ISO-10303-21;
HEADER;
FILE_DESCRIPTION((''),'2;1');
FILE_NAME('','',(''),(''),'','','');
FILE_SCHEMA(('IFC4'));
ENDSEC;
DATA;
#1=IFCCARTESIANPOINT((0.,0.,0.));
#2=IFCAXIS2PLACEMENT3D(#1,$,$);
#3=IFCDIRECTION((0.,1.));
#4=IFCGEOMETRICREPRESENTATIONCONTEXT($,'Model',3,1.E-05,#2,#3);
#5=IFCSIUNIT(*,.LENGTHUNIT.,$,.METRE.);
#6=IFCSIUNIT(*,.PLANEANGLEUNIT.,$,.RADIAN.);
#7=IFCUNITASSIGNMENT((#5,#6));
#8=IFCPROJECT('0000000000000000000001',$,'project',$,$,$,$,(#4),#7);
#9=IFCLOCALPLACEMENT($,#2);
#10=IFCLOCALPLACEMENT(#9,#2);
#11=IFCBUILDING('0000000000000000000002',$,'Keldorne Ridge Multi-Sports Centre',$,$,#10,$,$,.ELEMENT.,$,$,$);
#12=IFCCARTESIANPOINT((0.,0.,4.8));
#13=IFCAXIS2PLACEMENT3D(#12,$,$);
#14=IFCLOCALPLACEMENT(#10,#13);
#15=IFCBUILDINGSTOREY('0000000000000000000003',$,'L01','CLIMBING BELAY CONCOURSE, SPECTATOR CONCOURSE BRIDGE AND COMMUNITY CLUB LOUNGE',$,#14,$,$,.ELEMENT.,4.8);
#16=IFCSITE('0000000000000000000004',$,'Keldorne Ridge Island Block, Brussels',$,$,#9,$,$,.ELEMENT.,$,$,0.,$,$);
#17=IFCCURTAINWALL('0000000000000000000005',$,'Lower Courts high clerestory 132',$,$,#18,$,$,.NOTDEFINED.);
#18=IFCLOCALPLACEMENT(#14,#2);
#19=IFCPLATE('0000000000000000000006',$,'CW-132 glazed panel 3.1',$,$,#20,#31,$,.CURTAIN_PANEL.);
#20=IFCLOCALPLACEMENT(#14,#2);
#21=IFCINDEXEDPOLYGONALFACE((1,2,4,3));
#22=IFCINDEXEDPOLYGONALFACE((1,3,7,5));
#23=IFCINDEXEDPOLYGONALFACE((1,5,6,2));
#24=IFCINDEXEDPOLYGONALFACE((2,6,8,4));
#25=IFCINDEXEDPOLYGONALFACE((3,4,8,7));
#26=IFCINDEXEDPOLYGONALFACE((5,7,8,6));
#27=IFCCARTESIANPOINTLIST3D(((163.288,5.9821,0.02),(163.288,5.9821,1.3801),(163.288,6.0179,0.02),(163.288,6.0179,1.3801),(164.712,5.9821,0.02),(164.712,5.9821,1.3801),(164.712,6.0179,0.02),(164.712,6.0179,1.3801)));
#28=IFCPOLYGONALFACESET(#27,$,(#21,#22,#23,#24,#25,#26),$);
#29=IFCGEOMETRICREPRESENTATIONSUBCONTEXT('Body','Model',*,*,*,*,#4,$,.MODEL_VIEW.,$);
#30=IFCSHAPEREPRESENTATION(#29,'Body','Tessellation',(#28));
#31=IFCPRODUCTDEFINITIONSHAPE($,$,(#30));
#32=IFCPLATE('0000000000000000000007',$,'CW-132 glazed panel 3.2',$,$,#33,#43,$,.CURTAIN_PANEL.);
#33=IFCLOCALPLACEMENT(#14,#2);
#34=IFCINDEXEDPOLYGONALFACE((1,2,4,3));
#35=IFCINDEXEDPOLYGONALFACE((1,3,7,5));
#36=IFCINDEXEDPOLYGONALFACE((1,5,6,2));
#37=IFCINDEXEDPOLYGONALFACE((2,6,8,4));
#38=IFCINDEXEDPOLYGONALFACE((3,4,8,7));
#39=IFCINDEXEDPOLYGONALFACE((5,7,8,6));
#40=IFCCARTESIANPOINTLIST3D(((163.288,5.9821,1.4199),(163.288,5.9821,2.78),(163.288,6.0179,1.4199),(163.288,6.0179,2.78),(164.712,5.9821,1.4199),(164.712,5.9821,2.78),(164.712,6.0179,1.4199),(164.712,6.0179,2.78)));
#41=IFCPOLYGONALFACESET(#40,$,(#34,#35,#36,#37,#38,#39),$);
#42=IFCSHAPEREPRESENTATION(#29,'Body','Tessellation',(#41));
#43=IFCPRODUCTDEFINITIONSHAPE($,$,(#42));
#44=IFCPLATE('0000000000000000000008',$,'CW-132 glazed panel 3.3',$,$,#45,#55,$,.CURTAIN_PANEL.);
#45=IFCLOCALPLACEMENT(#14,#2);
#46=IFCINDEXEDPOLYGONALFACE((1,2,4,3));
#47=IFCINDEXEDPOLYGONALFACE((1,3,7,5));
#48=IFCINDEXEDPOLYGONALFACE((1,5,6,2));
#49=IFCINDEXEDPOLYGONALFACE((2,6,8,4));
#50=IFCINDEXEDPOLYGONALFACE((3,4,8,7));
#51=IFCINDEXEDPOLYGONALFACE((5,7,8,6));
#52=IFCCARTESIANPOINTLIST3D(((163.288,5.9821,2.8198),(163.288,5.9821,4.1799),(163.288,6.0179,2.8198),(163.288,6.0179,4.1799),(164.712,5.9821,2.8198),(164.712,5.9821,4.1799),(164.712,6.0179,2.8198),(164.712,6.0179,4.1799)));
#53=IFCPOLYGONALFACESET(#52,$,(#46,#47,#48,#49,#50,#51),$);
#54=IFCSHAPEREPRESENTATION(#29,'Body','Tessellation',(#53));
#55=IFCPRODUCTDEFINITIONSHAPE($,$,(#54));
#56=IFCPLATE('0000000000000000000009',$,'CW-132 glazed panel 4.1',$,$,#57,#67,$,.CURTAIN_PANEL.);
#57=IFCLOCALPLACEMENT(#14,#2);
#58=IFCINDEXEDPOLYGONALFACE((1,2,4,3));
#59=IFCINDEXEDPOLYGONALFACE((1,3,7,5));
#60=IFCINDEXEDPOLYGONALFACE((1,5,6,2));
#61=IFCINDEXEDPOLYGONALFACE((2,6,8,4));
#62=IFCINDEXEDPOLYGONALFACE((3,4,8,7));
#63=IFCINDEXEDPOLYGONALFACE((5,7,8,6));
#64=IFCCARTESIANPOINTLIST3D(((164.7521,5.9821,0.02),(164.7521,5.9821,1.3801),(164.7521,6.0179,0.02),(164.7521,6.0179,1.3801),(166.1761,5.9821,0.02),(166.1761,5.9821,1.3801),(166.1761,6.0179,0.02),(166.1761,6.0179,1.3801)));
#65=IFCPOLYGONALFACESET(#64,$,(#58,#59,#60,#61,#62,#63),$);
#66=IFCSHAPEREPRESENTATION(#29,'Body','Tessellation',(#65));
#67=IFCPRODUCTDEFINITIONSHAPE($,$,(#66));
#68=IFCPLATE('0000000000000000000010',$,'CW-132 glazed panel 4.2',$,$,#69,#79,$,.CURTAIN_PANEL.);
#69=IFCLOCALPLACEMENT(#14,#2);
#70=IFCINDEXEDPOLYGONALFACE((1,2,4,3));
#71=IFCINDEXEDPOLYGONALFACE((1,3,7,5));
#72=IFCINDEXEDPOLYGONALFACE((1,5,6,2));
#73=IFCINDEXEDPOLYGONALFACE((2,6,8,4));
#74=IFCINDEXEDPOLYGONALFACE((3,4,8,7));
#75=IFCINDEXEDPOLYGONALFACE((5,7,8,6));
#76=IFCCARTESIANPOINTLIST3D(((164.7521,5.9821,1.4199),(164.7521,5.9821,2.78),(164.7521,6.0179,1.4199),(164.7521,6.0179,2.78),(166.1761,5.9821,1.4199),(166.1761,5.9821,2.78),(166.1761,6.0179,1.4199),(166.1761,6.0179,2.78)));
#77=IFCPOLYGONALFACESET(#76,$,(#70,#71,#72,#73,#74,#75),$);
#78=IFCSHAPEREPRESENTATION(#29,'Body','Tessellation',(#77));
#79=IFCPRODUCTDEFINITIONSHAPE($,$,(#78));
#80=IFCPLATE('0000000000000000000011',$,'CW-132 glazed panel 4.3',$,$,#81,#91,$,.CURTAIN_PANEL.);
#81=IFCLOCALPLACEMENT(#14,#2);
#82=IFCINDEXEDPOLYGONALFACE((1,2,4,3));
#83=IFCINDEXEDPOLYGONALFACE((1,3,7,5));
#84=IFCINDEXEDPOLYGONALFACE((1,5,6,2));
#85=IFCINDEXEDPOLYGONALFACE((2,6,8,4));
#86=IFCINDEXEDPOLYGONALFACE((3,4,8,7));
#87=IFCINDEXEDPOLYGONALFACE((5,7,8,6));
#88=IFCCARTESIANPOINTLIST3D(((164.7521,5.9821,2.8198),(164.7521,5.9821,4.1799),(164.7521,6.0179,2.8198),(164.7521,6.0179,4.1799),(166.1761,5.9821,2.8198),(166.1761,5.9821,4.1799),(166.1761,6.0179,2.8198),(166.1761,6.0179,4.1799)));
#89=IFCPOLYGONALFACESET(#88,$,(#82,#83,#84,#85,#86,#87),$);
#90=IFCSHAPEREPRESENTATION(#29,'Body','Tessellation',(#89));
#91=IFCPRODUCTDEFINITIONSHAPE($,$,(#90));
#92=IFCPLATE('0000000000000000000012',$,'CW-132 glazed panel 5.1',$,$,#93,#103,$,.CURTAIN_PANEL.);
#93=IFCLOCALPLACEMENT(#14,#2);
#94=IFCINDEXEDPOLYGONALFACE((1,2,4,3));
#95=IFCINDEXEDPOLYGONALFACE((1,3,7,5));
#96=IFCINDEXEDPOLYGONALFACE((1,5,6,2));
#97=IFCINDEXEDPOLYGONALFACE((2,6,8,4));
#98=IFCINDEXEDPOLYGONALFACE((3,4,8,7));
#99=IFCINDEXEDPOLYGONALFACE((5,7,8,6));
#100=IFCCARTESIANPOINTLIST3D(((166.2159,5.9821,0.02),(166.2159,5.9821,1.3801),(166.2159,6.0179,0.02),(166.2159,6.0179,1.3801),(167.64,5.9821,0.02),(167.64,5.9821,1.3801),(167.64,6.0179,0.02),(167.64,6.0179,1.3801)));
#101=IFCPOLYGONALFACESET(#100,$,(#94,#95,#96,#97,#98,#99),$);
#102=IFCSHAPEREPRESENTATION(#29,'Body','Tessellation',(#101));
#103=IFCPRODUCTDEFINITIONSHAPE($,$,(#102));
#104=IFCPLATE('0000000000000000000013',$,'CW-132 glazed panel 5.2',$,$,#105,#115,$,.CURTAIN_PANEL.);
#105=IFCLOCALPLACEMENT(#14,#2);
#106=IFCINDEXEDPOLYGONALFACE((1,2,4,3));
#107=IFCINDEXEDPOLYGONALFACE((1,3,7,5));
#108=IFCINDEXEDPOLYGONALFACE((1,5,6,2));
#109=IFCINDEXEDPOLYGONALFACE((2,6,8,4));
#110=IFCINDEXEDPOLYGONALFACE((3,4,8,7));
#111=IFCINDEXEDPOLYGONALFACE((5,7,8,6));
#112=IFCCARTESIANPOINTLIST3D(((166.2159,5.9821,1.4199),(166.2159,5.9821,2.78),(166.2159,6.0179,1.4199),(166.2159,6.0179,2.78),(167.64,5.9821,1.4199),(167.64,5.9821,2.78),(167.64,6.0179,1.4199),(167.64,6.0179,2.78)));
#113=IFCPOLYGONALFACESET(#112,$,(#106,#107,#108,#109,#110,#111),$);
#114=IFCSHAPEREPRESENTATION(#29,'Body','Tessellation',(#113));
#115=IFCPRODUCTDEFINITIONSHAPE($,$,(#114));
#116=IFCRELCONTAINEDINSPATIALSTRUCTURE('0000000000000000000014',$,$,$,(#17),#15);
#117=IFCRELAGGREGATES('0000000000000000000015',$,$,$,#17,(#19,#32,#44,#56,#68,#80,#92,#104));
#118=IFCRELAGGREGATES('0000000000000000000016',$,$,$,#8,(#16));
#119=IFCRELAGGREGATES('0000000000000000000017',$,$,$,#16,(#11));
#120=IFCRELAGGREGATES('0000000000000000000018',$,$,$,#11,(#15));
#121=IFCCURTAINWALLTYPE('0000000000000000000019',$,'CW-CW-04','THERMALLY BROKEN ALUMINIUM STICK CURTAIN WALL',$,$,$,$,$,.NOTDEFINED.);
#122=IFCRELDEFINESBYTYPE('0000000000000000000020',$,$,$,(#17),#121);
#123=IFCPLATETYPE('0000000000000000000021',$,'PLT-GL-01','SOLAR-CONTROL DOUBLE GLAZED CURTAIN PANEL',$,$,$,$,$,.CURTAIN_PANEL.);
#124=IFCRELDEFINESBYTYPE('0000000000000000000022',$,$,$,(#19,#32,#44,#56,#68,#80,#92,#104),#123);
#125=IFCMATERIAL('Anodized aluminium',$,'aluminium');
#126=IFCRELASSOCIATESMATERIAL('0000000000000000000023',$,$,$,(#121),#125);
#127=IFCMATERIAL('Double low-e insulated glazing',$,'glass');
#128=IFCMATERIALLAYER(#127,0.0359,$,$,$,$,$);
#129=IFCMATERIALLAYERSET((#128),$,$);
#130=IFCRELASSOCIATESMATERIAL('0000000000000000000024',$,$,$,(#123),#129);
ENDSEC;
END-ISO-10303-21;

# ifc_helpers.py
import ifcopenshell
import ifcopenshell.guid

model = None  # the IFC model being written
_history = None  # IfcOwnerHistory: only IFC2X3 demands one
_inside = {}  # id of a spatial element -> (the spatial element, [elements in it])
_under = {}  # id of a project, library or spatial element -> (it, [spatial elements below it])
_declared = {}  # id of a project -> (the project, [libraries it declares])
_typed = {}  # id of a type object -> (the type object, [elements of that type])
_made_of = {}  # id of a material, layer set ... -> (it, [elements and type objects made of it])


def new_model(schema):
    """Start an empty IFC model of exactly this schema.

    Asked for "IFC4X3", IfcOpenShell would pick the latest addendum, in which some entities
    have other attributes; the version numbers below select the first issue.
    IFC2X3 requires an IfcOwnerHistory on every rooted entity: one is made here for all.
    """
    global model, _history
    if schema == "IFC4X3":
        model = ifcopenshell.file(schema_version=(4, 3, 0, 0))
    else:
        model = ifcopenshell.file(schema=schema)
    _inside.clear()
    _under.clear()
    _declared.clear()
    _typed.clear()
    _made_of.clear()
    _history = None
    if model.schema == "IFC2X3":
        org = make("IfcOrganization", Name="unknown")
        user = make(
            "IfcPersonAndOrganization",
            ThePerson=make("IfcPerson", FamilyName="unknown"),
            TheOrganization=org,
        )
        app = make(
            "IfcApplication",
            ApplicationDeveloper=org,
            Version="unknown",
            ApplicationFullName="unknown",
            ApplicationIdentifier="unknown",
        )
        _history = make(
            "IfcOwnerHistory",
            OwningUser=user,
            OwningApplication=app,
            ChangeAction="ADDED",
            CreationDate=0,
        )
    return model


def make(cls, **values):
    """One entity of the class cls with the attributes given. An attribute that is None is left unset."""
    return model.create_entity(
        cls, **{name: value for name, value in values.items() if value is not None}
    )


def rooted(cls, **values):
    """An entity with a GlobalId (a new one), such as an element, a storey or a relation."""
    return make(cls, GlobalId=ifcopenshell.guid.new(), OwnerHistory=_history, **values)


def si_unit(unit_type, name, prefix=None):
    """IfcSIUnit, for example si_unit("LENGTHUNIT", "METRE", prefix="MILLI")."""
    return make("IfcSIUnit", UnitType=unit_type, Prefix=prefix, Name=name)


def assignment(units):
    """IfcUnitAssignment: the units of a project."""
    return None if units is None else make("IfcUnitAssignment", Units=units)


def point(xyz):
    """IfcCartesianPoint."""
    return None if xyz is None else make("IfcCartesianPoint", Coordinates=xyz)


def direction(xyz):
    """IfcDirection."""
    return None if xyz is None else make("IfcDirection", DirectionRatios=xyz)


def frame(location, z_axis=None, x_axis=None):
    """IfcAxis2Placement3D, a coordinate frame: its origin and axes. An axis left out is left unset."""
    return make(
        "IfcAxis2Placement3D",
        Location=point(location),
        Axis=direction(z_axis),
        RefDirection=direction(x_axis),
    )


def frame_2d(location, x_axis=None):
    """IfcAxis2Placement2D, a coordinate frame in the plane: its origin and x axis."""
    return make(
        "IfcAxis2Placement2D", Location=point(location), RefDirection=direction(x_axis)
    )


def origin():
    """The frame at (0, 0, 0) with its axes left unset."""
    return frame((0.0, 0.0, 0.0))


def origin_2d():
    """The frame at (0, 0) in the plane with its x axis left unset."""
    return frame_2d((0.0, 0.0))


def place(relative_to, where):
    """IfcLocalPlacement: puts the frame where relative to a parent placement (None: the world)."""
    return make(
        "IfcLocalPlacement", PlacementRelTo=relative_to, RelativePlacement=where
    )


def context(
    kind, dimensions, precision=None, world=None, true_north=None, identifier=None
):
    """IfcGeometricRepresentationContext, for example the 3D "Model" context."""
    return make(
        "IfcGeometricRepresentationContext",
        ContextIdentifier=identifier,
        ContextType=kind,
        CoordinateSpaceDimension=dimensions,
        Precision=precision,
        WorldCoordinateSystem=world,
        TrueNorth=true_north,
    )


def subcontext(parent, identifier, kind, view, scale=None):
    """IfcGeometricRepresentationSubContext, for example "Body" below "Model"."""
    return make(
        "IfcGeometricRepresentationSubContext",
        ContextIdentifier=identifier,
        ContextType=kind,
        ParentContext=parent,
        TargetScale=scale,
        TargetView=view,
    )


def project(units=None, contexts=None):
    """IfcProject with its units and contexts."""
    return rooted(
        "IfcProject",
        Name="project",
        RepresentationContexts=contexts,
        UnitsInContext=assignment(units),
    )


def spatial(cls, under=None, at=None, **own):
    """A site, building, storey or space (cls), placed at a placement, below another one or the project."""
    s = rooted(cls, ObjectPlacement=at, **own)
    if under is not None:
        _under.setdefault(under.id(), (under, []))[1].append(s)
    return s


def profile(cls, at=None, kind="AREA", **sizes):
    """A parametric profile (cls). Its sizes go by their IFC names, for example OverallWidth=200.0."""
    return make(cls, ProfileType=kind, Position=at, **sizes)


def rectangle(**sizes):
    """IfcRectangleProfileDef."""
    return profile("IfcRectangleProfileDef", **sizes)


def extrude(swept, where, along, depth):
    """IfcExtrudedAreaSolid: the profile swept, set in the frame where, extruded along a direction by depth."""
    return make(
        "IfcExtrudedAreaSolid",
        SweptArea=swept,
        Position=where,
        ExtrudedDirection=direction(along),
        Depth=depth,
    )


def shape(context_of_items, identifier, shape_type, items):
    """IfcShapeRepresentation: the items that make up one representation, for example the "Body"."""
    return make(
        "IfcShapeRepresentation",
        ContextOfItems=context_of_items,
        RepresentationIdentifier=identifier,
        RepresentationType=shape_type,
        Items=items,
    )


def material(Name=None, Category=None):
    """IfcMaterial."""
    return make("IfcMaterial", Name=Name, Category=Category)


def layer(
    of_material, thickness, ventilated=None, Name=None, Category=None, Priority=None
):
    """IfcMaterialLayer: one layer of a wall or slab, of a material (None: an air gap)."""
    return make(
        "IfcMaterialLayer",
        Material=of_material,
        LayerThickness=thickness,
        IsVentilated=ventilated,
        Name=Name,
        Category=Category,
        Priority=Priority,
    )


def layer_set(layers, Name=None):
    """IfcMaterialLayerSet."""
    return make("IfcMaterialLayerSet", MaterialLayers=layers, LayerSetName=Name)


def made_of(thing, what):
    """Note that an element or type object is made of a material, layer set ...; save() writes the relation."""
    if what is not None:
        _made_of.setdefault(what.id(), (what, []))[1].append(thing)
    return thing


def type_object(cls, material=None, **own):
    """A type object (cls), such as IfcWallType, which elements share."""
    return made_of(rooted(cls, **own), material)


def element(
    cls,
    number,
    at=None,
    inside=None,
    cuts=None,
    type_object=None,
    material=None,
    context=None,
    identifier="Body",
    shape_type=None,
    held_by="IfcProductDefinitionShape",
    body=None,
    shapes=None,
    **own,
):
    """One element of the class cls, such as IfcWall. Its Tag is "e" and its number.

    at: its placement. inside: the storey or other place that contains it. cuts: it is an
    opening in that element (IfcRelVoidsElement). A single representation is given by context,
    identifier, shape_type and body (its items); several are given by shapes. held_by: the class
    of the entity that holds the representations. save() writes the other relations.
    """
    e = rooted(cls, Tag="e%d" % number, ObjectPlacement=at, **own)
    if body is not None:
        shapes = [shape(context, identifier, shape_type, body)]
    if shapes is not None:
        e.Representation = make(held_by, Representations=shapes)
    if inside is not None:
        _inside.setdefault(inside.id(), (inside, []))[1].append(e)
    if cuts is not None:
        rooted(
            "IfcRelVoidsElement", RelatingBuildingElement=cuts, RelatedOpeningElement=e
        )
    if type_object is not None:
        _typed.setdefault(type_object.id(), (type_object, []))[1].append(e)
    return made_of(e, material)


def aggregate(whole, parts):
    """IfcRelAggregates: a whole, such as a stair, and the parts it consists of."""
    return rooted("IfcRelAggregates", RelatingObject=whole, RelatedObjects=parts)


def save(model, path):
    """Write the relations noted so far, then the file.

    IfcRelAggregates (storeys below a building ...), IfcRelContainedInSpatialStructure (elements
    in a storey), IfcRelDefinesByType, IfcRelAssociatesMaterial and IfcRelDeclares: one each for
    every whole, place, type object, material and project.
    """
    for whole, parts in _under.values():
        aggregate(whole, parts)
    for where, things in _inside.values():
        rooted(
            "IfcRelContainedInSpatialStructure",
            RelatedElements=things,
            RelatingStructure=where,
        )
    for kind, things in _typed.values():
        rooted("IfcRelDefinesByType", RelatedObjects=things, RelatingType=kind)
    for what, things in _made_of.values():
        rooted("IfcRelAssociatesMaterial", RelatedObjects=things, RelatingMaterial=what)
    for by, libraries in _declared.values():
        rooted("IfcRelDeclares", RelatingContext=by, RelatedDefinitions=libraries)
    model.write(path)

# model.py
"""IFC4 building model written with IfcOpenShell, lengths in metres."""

from ifc_helpers import new_model, si_unit, direction, frame, origin, origin_2d, place, context, subcontext, project, spatial, rectangle, extrude, material, layer, layer_set, type_object, element, aggregate, save


model = new_model("IFC4")

# Units and contexts
model_context = context("Model", 3, precision=1e-05, world=origin(), true_north=direction((0.0, 1.0)))
body_context = subcontext(model_context, "Body", "Model", "MODEL_VIEW")
ifc_project = project(units=[si_unit("LENGTHUNIT", "METRE"), si_unit("PLANEANGLEUNIT", "RADIAN")], contexts=[model_context])

# Site, building, storey
site_placement = place(None, origin())
site = spatial("IfcSite", under=ifc_project, at=site_placement, Name="Keldorne Ridge Island Block, Brussels", CompositionType="ELEMENT", RefElevation=0.0)
building_placement = place(site_placement, origin())
building = spatial("IfcBuilding", under=site, at=building_placement, Name="Keldorne Ridge Multi-Sports Centre", CompositionType="ELEMENT")
storey_placement = place(building_placement, frame((0.0, 0.0, 4.8)))
storey = spatial("IfcBuildingStorey", under=building, at=storey_placement, Name="L01", Description="CLIMBING BELAY CONCOURSE, SPECTATOR CONCOURSE BRIDGE AND COMMUNITY CLUB LOUNGE", CompositionType="ELEMENT", Elevation=4.8)

# Curtain wall, plates
ifc_material_1 = material(Name="Anodized aluminium", Category="aluminium")
curtain_wall_type = type_object("IfcCurtainWallType", Name="CW-CW-04", Description="THERMALLY BROKEN ALUMINIUM STICK CURTAIN WALL", PredefinedType="NOTDEFINED", material=ifc_material_1)
curtain_wall_placement = place(storey_placement, origin())
curtain_wall = element("IfcCurtainWall", 1, at=curtain_wall_placement, inside=storey, type_object=curtain_wall_type, Name="Lower Courts high clerestory 132", PredefinedType="NOTDEFINED")
ifc_material_2 = material(Name="Double low-e insulated glazing", Category="glass")
ifc_layer = layer(ifc_material_2, 0.0359)
ifc_layer_set = layer_set([ifc_layer])
plate_type = type_object("IfcPlateType", Name="PLT-GL-01", Description="SOLAR-CONTROL DOUBLE GLAZED CURTAIN PANEL", PredefinedType="CURTAIN_PANEL", material=ifc_layer_set)
plate_1_placement = place(storey_placement, frame((164.0, 6.0, 0.02), z_axis=(0.0, 0.0, 1.0), x_axis=(1.0, 0.0, 0.0)))
plate_1 = element("IfcPlate", 2, at=plate_1_placement, type_object=plate_type, Name="CW-132 glazed panel 3.1", PredefinedType="CURTAIN_PANEL", context=body_context, shape_type="SweptSolid", body=[
    extrude(rectangle(XDim=1.4241, YDim=0.0359, at=origin_2d()), origin(), (0.0, 0.0, 1.0), 1.3601),
])
plate_2_placement = place(storey_placement, frame((164.0, 6.0, 1.4199), z_axis=(0.0, 0.0, 1.0), x_axis=(1.0, 0.0, 0.0)))
plate_2 = element("IfcPlate", 3, at=plate_2_placement, type_object=plate_type, Name="CW-132 glazed panel 3.2", PredefinedType="CURTAIN_PANEL", context=body_context, shape_type="SweptSolid", body=[
    extrude(rectangle(XDim=1.4241, YDim=0.0359, at=origin_2d()), origin(), (0.0, 0.0, 1.0), 1.3601),
])
plate_3_placement = place(storey_placement, frame((164.0, 6.0, 2.8198), z_axis=(0.0, 0.0, 1.0), x_axis=(1.0, 0.0, 0.0)))
plate_3 = element("IfcPlate", 4, at=plate_3_placement, type_object=plate_type, Name="CW-132 glazed panel 3.3", PredefinedType="CURTAIN_PANEL", context=body_context, shape_type="SweptSolid", body=[
    extrude(rectangle(XDim=1.4241, YDim=0.0359, at=origin_2d()), origin(), (0.0, 0.0, 1.0), 1.3601),
])
plate_4_placement = place(storey_placement, frame((165.4641, 6.0, 0.02), z_axis=(0.0, 0.0, 1.0), x_axis=(1.0, 0.0, 0.0)))
plate_4 = element("IfcPlate", 5, at=plate_4_placement, type_object=plate_type, Name="CW-132 glazed panel 4.1", PredefinedType="CURTAIN_PANEL", context=body_context, shape_type="SweptSolid", body=[
    extrude(rectangle(XDim=1.4241, YDim=0.0359, at=origin_2d()), origin(), (0.0, 0.0, 1.0), 1.3601),
])
plate_5_placement = place(storey_placement, frame((165.4641, 6.0, 1.4199), z_axis=(0.0, 0.0, 1.0), x_axis=(1.0, 0.0, 0.0)))
plate_5 = element("IfcPlate", 6, at=plate_5_placement, type_object=plate_type, Name="CW-132 glazed panel 4.2", PredefinedType="CURTAIN_PANEL", context=body_context, shape_type="SweptSolid", body=[
    extrude(rectangle(XDim=1.4241, YDim=0.0359, at=origin_2d()), origin(), (0.0, 0.0, 1.0), 1.3601),
])
plate_6_placement = place(storey_placement, frame((165.4641, 6.0, 2.8198), z_axis=(0.0, 0.0, 1.0), x_axis=(1.0, 0.0, 0.0)))
plate_6 = element("IfcPlate", 7, at=plate_6_placement, type_object=plate_type, Name="CW-132 glazed panel 4.3", PredefinedType="CURTAIN_PANEL", context=body_context, shape_type="SweptSolid", body=[
    extrude(rectangle(XDim=1.4241, YDim=0.0359, at=origin_2d()), origin(), (0.0, 0.0, 1.0), 1.3601),
])
plate_7_placement = place(storey_placement, frame((166.928, 6.0, 0.02), z_axis=(0.0, 0.0, 1.0), x_axis=(1.0, 0.0, 0.0)))
plate_7 = element("IfcPlate", 8, at=plate_7_placement, type_object=plate_type, Name="CW-132 glazed panel 5.1", PredefinedType="CURTAIN_PANEL", context=body_context, shape_type="SweptSolid", body=[
    extrude(rectangle(XDim=1.4241, YDim=0.0359, at=origin_2d()), origin(), (0.0, 0.0, 1.0), 1.3601),
])
plate_8_placement = place(storey_placement, frame((166.928, 6.0, 1.4199), z_axis=(0.0, 0.0, 1.0), x_axis=(1.0, 0.0, 0.0)))
plate_8 = element("IfcPlate", 9, at=plate_8_placement, type_object=plate_type, Name="CW-132 glazed panel 5.2", PredefinedType="CURTAIN_PANEL", context=body_context, shape_type="SweptSolid", body=[
    extrude(rectangle(XDim=1.4241, YDim=0.0359, at=origin_2d()), origin(), (0.0, 0.0, 1.0), 1.3601),
])
aggregate(curtain_wall, [plate_1, plate_2, plate_3, plate_4, plate_5, plate_6, plate_7, plate_8])

save(model, "model.ifc")
